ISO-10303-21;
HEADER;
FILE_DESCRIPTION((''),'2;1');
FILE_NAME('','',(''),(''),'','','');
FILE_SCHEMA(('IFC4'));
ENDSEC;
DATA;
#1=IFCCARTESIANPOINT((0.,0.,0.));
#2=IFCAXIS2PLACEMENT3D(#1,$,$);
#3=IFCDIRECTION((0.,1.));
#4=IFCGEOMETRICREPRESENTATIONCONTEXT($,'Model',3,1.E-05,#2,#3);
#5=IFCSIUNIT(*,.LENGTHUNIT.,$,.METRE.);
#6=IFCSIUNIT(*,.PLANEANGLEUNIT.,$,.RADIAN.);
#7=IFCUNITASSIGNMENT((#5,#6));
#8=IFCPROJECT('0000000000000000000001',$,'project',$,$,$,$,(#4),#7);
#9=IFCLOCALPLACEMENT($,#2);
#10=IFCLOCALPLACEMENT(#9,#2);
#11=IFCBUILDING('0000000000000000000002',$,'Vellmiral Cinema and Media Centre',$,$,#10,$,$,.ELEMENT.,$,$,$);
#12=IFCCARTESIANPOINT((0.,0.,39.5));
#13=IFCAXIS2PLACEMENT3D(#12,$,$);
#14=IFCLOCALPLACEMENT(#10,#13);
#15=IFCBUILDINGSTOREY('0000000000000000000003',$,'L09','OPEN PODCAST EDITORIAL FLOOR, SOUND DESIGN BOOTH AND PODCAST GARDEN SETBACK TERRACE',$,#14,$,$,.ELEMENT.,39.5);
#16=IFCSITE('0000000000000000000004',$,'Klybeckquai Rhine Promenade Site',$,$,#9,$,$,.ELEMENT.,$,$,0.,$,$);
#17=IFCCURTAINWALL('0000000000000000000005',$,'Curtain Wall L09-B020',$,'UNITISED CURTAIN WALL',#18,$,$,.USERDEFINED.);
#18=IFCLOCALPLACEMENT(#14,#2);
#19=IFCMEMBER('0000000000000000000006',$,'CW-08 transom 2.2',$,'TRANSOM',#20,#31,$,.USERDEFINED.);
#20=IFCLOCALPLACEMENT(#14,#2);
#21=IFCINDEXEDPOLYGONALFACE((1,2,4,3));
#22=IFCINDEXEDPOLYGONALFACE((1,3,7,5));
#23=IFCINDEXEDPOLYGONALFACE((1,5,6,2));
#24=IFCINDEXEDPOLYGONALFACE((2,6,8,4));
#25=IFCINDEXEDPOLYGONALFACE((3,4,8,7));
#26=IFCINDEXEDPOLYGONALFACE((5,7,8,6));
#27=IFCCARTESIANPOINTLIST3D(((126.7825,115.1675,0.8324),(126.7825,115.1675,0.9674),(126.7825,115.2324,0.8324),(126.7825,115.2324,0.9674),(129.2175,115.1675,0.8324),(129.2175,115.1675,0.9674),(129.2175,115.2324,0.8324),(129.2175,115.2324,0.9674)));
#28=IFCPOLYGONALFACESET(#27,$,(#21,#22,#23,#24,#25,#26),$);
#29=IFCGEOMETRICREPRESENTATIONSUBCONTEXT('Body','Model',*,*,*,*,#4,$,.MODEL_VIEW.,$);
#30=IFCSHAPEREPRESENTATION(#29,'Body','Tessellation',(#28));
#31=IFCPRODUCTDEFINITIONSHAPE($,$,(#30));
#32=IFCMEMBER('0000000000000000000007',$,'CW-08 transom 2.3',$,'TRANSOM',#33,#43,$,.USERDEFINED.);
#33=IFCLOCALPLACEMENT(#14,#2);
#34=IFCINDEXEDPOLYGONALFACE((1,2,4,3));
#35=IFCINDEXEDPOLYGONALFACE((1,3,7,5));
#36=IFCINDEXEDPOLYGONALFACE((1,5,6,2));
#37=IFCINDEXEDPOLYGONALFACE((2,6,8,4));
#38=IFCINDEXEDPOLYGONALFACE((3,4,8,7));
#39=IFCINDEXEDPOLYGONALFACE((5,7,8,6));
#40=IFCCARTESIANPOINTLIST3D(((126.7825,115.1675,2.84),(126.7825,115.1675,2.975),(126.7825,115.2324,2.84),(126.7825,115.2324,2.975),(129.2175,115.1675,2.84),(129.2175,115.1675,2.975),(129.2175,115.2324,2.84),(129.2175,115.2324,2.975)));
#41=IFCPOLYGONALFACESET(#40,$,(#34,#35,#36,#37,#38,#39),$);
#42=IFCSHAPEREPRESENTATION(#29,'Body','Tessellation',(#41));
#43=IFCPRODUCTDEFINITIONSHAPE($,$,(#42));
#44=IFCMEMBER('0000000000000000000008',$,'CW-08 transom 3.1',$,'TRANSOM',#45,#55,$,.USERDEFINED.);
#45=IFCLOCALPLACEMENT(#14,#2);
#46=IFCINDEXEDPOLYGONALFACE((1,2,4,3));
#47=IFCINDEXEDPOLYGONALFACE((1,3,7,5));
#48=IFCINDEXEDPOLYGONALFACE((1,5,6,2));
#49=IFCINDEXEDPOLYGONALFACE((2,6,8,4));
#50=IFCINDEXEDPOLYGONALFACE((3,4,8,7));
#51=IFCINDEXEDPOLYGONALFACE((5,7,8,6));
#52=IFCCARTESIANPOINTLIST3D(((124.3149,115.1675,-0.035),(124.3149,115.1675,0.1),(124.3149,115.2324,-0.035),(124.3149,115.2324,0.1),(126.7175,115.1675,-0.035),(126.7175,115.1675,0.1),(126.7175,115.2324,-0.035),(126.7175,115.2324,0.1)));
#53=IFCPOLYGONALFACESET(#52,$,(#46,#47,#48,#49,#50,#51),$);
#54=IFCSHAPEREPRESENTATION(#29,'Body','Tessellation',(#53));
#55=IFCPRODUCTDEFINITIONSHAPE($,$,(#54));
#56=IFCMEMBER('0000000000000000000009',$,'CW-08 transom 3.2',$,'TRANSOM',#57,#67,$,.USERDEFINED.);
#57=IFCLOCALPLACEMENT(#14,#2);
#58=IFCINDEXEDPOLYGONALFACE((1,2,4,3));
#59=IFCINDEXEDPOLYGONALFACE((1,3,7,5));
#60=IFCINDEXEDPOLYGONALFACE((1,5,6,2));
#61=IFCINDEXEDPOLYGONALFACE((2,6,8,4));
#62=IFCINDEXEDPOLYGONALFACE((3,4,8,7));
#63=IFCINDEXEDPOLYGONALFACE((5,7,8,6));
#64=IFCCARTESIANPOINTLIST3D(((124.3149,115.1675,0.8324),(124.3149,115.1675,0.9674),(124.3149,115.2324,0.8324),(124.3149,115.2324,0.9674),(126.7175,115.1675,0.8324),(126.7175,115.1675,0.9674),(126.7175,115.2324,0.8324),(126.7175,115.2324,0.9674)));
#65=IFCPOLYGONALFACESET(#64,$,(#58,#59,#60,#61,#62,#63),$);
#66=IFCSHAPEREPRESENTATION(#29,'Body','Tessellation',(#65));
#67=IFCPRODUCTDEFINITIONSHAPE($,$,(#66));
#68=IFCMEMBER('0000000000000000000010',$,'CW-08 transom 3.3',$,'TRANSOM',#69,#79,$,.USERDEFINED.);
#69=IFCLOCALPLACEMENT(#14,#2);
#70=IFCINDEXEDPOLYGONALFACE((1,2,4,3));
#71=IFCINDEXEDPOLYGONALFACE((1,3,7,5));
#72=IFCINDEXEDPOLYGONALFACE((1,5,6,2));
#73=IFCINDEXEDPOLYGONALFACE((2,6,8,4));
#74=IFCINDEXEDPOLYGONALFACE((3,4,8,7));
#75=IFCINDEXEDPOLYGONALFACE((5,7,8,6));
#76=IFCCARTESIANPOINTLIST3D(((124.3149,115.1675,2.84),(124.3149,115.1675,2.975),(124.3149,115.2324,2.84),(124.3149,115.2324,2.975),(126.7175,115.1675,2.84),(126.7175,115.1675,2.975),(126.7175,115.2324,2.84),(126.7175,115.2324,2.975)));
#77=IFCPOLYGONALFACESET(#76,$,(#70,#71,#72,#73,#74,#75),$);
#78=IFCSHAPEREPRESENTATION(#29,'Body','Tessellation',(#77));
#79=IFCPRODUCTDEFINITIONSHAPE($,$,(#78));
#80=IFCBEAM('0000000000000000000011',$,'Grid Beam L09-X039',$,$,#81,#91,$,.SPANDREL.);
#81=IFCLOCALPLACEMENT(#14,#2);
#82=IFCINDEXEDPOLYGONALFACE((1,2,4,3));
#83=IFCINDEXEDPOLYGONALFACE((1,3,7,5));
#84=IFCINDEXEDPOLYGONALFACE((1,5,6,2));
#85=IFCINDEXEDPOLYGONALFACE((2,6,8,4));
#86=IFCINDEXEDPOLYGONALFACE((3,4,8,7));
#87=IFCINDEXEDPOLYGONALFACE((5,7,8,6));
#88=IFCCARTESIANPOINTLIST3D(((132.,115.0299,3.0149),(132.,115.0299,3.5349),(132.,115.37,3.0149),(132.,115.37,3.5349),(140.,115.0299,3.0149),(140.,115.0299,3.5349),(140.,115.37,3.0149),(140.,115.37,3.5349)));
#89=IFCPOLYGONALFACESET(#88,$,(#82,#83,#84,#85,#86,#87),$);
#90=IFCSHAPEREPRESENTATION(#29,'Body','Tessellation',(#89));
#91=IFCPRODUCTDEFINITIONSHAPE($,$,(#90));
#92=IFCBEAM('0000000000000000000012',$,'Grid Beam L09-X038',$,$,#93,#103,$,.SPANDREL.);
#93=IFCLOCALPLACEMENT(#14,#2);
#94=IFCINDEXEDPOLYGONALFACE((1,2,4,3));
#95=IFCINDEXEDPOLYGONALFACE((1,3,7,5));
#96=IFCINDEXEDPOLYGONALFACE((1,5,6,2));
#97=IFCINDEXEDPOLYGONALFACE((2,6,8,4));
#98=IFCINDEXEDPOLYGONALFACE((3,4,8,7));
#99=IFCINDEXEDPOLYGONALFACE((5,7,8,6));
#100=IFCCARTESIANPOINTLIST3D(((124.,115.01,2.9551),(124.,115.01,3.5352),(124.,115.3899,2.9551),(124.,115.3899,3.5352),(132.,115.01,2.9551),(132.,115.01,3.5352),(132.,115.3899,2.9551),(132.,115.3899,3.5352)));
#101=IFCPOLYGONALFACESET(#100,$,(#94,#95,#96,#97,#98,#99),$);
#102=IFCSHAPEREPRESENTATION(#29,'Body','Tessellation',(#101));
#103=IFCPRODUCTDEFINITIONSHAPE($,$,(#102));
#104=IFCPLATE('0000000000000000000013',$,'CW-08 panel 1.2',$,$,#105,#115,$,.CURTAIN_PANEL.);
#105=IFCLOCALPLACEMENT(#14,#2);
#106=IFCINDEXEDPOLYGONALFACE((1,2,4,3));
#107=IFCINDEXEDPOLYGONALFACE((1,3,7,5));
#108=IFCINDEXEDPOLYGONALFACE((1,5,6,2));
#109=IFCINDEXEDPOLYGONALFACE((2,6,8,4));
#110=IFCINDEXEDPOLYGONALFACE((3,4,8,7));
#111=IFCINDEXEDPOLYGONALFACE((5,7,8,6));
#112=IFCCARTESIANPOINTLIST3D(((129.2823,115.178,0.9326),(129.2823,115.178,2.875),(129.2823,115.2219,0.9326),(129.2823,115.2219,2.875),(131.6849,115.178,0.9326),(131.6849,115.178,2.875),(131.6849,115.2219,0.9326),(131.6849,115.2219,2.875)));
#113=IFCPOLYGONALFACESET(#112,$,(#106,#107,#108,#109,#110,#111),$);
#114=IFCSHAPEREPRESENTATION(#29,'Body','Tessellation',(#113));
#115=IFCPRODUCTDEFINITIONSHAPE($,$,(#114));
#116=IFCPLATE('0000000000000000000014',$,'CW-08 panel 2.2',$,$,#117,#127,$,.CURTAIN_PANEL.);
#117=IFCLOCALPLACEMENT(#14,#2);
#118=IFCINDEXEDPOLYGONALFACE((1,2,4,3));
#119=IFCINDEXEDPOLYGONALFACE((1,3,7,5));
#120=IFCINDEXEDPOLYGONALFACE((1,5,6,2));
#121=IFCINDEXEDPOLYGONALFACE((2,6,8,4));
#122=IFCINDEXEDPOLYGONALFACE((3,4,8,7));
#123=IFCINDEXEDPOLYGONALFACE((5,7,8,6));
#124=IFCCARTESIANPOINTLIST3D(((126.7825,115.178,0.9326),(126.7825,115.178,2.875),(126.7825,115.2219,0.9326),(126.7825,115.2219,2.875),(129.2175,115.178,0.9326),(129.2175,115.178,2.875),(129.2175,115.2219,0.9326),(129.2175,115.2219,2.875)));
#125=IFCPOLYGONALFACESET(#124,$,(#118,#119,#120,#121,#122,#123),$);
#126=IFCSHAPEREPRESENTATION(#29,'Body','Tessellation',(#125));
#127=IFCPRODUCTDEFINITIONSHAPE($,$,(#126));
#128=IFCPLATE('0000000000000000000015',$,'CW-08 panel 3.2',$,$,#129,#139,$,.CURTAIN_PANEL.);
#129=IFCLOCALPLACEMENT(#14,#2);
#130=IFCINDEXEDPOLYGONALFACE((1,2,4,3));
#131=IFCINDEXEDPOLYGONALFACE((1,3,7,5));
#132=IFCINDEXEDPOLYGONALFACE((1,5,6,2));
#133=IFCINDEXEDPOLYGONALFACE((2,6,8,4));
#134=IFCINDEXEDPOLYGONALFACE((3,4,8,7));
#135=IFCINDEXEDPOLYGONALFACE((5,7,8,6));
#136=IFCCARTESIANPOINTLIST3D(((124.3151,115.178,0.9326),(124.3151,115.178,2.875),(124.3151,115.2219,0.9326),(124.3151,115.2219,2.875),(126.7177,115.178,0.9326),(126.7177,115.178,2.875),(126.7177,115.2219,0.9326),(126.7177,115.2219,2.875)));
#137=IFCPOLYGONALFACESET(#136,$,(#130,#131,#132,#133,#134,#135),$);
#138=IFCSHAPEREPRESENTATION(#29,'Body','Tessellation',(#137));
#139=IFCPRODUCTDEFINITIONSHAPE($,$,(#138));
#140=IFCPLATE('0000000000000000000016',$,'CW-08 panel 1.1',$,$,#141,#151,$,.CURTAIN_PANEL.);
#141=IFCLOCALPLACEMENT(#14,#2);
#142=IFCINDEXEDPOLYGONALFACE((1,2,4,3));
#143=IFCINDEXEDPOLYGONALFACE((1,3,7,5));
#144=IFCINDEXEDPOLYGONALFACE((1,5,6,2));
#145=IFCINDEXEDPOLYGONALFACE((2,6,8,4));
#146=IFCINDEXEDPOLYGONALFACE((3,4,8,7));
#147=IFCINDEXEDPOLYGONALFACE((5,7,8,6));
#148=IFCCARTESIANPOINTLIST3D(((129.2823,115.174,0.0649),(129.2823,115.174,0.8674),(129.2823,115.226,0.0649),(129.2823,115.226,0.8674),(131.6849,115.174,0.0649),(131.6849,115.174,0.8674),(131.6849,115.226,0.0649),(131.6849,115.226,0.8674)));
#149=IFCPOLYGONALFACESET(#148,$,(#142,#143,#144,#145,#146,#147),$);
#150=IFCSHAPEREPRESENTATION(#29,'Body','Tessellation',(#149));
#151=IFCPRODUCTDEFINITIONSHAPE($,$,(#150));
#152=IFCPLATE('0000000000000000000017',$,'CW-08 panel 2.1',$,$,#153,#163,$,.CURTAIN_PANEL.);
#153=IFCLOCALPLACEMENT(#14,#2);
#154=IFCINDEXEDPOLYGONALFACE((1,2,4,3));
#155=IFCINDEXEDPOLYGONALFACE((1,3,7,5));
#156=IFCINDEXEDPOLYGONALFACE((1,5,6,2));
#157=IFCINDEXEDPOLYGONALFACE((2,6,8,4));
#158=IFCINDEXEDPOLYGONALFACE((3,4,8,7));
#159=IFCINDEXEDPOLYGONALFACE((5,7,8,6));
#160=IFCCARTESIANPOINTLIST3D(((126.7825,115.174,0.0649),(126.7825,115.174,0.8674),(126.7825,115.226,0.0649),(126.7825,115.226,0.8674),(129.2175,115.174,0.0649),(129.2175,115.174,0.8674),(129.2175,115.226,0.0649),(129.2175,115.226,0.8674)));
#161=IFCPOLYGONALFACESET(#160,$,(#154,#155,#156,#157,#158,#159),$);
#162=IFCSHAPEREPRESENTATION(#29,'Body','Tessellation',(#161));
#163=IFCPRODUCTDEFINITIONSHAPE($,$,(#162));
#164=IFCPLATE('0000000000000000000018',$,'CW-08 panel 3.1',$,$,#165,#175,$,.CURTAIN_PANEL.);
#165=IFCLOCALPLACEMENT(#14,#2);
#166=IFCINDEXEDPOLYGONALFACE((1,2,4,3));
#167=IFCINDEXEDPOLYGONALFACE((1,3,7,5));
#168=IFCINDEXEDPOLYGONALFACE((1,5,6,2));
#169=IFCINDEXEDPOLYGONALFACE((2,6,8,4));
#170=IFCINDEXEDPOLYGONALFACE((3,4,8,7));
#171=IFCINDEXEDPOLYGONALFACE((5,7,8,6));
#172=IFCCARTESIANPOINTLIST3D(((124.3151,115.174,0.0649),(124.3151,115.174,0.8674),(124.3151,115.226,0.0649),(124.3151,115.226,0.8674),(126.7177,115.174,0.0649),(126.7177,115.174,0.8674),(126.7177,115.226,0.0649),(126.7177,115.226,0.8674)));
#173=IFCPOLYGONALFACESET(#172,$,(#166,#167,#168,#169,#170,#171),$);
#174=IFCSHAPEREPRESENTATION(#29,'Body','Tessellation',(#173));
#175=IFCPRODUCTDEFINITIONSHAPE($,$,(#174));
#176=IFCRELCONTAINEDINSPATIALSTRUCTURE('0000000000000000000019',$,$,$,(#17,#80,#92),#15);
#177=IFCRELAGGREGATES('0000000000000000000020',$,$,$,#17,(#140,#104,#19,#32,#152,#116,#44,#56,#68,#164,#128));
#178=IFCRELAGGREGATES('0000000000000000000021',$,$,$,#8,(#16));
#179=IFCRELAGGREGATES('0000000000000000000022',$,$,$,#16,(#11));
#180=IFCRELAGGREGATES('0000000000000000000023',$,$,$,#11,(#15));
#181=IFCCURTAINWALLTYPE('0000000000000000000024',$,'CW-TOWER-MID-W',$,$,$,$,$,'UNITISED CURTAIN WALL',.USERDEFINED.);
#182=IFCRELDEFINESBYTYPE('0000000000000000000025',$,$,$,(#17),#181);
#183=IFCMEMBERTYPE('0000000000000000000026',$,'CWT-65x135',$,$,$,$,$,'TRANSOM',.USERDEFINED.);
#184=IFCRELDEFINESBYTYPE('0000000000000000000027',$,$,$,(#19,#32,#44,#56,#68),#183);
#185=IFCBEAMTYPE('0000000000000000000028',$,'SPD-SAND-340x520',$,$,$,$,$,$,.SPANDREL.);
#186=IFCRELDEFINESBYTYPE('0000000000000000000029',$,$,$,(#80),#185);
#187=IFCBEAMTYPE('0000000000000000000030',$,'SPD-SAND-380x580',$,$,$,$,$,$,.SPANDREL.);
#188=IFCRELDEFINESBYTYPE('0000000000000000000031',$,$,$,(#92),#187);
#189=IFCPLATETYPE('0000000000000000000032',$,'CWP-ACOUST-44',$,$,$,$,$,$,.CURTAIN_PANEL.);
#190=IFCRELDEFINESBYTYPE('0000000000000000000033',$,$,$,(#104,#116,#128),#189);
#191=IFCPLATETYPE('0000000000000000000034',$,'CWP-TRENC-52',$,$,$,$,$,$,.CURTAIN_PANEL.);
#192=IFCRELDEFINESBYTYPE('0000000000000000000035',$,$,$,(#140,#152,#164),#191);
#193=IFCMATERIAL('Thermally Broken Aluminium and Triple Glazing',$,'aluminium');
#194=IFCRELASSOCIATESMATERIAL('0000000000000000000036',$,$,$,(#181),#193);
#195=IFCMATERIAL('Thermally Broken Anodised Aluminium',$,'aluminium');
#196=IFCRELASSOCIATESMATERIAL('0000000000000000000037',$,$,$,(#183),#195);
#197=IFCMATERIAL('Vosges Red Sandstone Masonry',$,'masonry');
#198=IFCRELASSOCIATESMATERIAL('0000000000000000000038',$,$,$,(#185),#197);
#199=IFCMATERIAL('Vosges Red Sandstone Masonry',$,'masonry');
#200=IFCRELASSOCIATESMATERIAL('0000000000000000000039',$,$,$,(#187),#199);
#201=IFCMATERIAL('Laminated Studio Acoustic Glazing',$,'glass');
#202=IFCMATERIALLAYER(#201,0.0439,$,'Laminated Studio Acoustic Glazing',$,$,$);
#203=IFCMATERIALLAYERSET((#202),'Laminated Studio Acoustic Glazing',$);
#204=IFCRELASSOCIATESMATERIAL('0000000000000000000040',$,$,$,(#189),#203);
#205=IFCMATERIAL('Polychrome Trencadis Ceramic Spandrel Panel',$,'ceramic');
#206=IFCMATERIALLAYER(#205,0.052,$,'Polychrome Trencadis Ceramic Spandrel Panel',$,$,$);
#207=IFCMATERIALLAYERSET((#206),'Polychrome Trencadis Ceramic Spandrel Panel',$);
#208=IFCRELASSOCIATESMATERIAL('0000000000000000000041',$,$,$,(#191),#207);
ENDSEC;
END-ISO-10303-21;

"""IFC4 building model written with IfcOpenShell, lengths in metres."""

from ifc_helpers import new_model, si_unit, direction, frame, origin, origin_2d, place, context, subcontext, project, spatial, rectangle, extrude, material, layer, layer_set, material_profile, profile_set, type_object, element, aggregate, save


model = new_model("IFC4")

# Units and contexts
model_context = context("Model", 3, precision=1e-05, world=origin(), true_north=direction((0.0, 1.0)))
body_context = subcontext(model_context, "Body", "Model", "MODEL_VIEW")
ifc_project = project(units=[si_unit("LENGTHUNIT", "METRE"), si_unit("PLANEANGLEUNIT", "RADIAN")], contexts=[model_context])

# Site, building, storey
site_placement = place(None, origin())
site = spatial("IfcSite", under=ifc_project, at=site_placement, Name="Klybeckquai Rhine Promenade Site", CompositionType="ELEMENT", RefElevation=0.0)
building_placement = place(site_placement, origin())
building = spatial("IfcBuilding", under=site, at=building_placement, Name="Vellmiral Cinema and Media Centre", CompositionType="ELEMENT")
storey_placement = place(building_placement, frame((0.0, 0.0, 39.5)))
storey = spatial("IfcBuildingStorey", under=building, at=storey_placement, Name="L09", Description="OPEN PODCAST EDITORIAL FLOOR, SOUND DESIGN BOOTH AND PODCAST GARDEN SETBACK TERRACE", CompositionType="ELEMENT", Elevation=39.5)

# Curtain wall, members
ifc_material_1 = material(Name="Thermally Broken Aluminium and Triple Glazing", Category="aluminium")
curtain_wall_type = type_object("IfcCurtainWallType", Name="CW-TOWER-MID-W", ElementType="UNITISED CURTAIN WALL", PredefinedType="USERDEFINED", material=ifc_material_1)
curtain_wall_placement = place(storey_placement, origin())
curtain_wall = element("IfcCurtainWall", 1, at=curtain_wall_placement, inside=storey, type_object=curtain_wall_type, Name="Curtain Wall L09-B020", ObjectType="UNITISED CURTAIN WALL", PredefinedType="USERDEFINED")
ifc_material_2 = material(Name="Thermally Broken Anodised Aluminium", Category="aluminium")
ifc_material_profile_1 = material_profile(ifc_material_2, rectangle(XDim=0.0649, YDim=0.135, at=origin_2d()), Name="MULL 65x135")
ifc_profile_set_1 = profile_set([ifc_material_profile_1], Name="Thermally Broken Anodised Aluminium")
member_type_1 = type_object("IfcMemberType", Name="CWT-65x135", ElementType="TRANSOM", PredefinedType="USERDEFINED", material=ifc_profile_set_1)
member_1_placement = place(storey_placement, frame((129.2175, 115.2, 0.8999), z_axis=(-1.0, 0.0, 0.0), x_axis=(0.0, -1.0, 0.0)))
member_1 = element("IfcMember", 2, at=member_1_placement, type_object=member_type_1, Name="CW-08 transom 2.2", ObjectType="TRANSOM", PredefinedType="USERDEFINED", context=body_context, shape_type="SweptSolid", body=[
    extrude(rectangle(XDim=0.0649, YDim=0.135, at=origin_2d()), origin(), (0.0, 0.0, 1.0), 2.4351),
])
member_2_placement = place(storey_placement, frame((129.2175, 115.2, 2.9075), z_axis=(-1.0, 0.0, 0.0), x_axis=(0.0, -1.0, 0.0)))
member_2 = element("IfcMember", 3, at=member_2_placement, type_object=member_type_1, Name="CW-08 transom 2.3", ObjectType="TRANSOM", PredefinedType="USERDEFINED", context=body_context, shape_type="SweptSolid", body=[
    extrude(rectangle(XDim=0.0649, YDim=0.135, at=origin_2d()), origin(), (0.0, 0.0, 1.0), 2.4351),
])
member_3_placement = place(storey_placement, frame((126.7175, 115.2, 0.0325), z_axis=(-1.0, 0.0, 0.0), x_axis=(0.0, -1.0, 0.0)))
member_3 = element("IfcMember", 4, at=member_3_placement, type_object=member_type_1, Name="CW-08 transom 3.1", ObjectType="TRANSOM", PredefinedType="USERDEFINED", context=body_context, shape_type="SweptSolid", body=[
    extrude(rectangle(XDim=0.0649, YDim=0.135, at=origin_2d()), origin(), (0.0, 0.0, 1.0), 2.4026),
])
member_4_placement = place(storey_placement, frame((126.7175, 115.2, 0.8999), z_axis=(-1.0, 0.0, 0.0), x_axis=(0.0, -1.0, 0.0)))
member_4 = element("IfcMember", 5, at=member_4_placement, type_object=member_type_1, Name="CW-08 transom 3.2", ObjectType="TRANSOM", PredefinedType="USERDEFINED", context=body_context, shape_type="SweptSolid", body=[
    extrude(rectangle(XDim=0.0649, YDim=0.135, at=origin_2d()), origin(), (0.0, 0.0, 1.0), 2.4026),
])
member_5_placement = place(storey_placement, frame((126.7175, 115.2, 2.9075), z_axis=(-1.0, 0.0, 0.0), x_axis=(0.0, -1.0, 0.0)))
member_5 = element("IfcMember", 6, at=member_5_placement, type_object=member_type_1, Name="CW-08 transom 3.3", ObjectType="TRANSOM", PredefinedType="USERDEFINED", context=body_context, shape_type="SweptSolid", body=[
    extrude(rectangle(XDim=0.0649, YDim=0.135, at=origin_2d()), origin(), (0.0, 0.0, 1.0), 2.4026),
])

# Beams
ifc_material_3 = material(Name="Vosges Red Sandstone Masonry", Category="masonry")
ifc_material_profile_2 = material_profile(ifc_material_3, rectangle(XDim=0.3401, YDim=0.52, at=origin_2d()), Name="SAND 340x520")
ifc_profile_set_2 = profile_set([ifc_material_profile_2], Name="Vosges Red Sandstone Masonry")
beam_type_1 = type_object("IfcBeamType", Name="SPD-SAND-340x520", PredefinedType="SPANDREL", material=ifc_profile_set_2)
beam_1_placement = place(storey_placement, frame((132.0, 115.2, 3.2749), z_axis=(1.0, 0.0, 0.0), x_axis=(0.0, 1.0, 0.0)))
element("IfcBeam", 7, at=beam_1_placement, inside=storey, type_object=beam_type_1, Name="Grid Beam L09-X039", PredefinedType="SPANDREL", context=body_context, shape_type="SweptSolid", body=[
    extrude(rectangle(XDim=0.3401, YDim=0.52, at=origin_2d()), origin(), (0.0, 0.0, 1.0), 8.0),
])
ifc_material_4 = material(Name="Vosges Red Sandstone Masonry", Category="masonry")
ifc_material_profile_3 = material_profile(ifc_material_4, rectangle(XDim=0.3799, YDim=0.5801, at=origin_2d()), Name="SAND 380x580")
ifc_profile_set_3 = profile_set([ifc_material_profile_3], Name="Vosges Red Sandstone Masonry")
beam_type_2 = type_object("IfcBeamType", Name="SPD-SAND-380x580", PredefinedType="SPANDREL", material=ifc_profile_set_3)
beam_2_placement = place(storey_placement, frame((124.0, 115.2, 3.2451), z_axis=(1.0, 0.0, 0.0), x_axis=(0.0, 1.0, 0.0)))
element("IfcBeam", 8, at=beam_2_placement, inside=storey, type_object=beam_type_2, Name="Grid Beam L09-X038", PredefinedType="SPANDREL", context=body_context, shape_type="SweptSolid", body=[
    extrude(rectangle(XDim=0.3799, YDim=0.5801, at=origin_2d()), origin(), (0.0, 0.0, 1.0), 8.0),
])

# Plates
ifc_material_5 = material(Name="Laminated Studio Acoustic Glazing", Category="glass")
ifc_layer_1 = layer(ifc_material_5, 0.0439, Name="Laminated Studio Acoustic Glazing")
ifc_layer_set_1 = layer_set([ifc_layer_1], Name="Laminated Studio Acoustic Glazing")
plate_type_1 = type_object("IfcPlateType", Name="CWP-ACOUST-44", PredefinedType="CURTAIN_PANEL", material=ifc_layer_set_1)
plate_1_placement = place(storey_placement, frame((130.4836, 115.2, 0.9326), z_axis=(0.0, 0.0, 1.0), x_axis=(-1.0, 0.0, 0.0)))
plate_1 = element("IfcPlate", 9, at=plate_1_placement, type_object=plate_type_1, Name="CW-08 panel 1.2", PredefinedType="CURTAIN_PANEL", context=body_context, shape_type="SweptSolid", body=[
    extrude(rectangle(XDim=2.4026, YDim=0.0439, at=origin_2d()), origin(), (0.0, 0.0, 1.0), 1.9424),
])
plate_2_placement = place(storey_placement, frame((128.0, 115.2, 0.9326), z_axis=(0.0, 0.0, 1.0), x_axis=(-1.0, 0.0, 0.0)))
plate_2 = element("IfcPlate", 10, at=plate_2_placement, type_object=plate_type_1, Name="CW-08 panel 2.2", PredefinedType="CURTAIN_PANEL", context=body_context, shape_type="SweptSolid", body=[
    extrude(rectangle(XDim=2.4351, YDim=0.0439, at=origin_2d()), origin(), (0.0, 0.0, 1.0), 1.9424),
])
plate_3_placement = place(storey_placement, frame((125.5164, 115.2, 0.9326), z_axis=(0.0, 0.0, 1.0), x_axis=(-1.0, 0.0, 0.0)))
plate_3 = element("IfcPlate", 11, at=plate_3_placement, type_object=plate_type_1, Name="CW-08 panel 3.2", PredefinedType="CURTAIN_PANEL", context=body_context, shape_type="SweptSolid", body=[
    extrude(rectangle(XDim=2.4026, YDim=0.0439, at=origin_2d()), origin(), (0.0, 0.0, 1.0), 1.9424),
])
ifc_material_6 = material(Name="Polychrome Trencadis Ceramic Spandrel Panel", Category="ceramic")
ifc_layer_2 = layer(ifc_material_6, 0.052, Name="Polychrome Trencadis Ceramic Spandrel Panel")
ifc_layer_set_2 = layer_set([ifc_layer_2], Name="Polychrome Trencadis Ceramic Spandrel Panel")
plate_type_2 = type_object("IfcPlateType", Name="CWP-TRENC-52", PredefinedType="CURTAIN_PANEL", material=ifc_layer_set_2)
plate_4_placement = place(storey_placement, frame((130.4836, 115.2, 0.0649), z_axis=(0.0, 0.0, 1.0), x_axis=(-1.0, 0.0, 0.0)))
plate_4 = element("IfcPlate", 12, at=plate_4_placement, type_object=plate_type_2, Name="CW-08 panel 1.1", PredefinedType="CURTAIN_PANEL", context=body_context, shape_type="SweptSolid", body=[
    extrude(rectangle(XDim=2.4026, YDim=0.052, at=origin_2d()), origin(), (0.0, 0.0, 1.0), 0.8025),
])
plate_5_placement = place(storey_placement, frame((128.0, 115.2, 0.0649), z_axis=(0.0, 0.0, 1.0), x_axis=(-1.0, 0.0, 0.0)))
plate_5 = element("IfcPlate", 13, at=plate_5_placement, type_object=plate_type_2, Name="CW-08 panel 2.1", PredefinedType="CURTAIN_PANEL", context=body_context, shape_type="SweptSolid", body=[
    extrude(rectangle(XDim=2.4351, YDim=0.052, at=origin_2d()), origin(), (0.0, 0.0, 1.0), 0.8025),
])
plate_6_placement = place(storey_placement, frame((125.5164, 115.2, 0.0649), z_axis=(0.0, 0.0, 1.0), x_axis=(-1.0, 0.0, 0.0)))
plate_6 = element("IfcPlate", 14, at=plate_6_placement, type_object=plate_type_2, Name="CW-08 panel 3.1", PredefinedType="CURTAIN_PANEL", context=body_context, shape_type="SweptSolid", body=[
    extrude(rectangle(XDim=2.4026, YDim=0.052, at=origin_2d()), origin(), (0.0, 0.0, 1.0), 0.8025),
])
aggregate(curtain_wall, [plate_4, plate_1, member_1, member_2, plate_5, plate_2, member_3, member_4, member_5, plate_6, plate_3])

save(model, "model.ifc")
